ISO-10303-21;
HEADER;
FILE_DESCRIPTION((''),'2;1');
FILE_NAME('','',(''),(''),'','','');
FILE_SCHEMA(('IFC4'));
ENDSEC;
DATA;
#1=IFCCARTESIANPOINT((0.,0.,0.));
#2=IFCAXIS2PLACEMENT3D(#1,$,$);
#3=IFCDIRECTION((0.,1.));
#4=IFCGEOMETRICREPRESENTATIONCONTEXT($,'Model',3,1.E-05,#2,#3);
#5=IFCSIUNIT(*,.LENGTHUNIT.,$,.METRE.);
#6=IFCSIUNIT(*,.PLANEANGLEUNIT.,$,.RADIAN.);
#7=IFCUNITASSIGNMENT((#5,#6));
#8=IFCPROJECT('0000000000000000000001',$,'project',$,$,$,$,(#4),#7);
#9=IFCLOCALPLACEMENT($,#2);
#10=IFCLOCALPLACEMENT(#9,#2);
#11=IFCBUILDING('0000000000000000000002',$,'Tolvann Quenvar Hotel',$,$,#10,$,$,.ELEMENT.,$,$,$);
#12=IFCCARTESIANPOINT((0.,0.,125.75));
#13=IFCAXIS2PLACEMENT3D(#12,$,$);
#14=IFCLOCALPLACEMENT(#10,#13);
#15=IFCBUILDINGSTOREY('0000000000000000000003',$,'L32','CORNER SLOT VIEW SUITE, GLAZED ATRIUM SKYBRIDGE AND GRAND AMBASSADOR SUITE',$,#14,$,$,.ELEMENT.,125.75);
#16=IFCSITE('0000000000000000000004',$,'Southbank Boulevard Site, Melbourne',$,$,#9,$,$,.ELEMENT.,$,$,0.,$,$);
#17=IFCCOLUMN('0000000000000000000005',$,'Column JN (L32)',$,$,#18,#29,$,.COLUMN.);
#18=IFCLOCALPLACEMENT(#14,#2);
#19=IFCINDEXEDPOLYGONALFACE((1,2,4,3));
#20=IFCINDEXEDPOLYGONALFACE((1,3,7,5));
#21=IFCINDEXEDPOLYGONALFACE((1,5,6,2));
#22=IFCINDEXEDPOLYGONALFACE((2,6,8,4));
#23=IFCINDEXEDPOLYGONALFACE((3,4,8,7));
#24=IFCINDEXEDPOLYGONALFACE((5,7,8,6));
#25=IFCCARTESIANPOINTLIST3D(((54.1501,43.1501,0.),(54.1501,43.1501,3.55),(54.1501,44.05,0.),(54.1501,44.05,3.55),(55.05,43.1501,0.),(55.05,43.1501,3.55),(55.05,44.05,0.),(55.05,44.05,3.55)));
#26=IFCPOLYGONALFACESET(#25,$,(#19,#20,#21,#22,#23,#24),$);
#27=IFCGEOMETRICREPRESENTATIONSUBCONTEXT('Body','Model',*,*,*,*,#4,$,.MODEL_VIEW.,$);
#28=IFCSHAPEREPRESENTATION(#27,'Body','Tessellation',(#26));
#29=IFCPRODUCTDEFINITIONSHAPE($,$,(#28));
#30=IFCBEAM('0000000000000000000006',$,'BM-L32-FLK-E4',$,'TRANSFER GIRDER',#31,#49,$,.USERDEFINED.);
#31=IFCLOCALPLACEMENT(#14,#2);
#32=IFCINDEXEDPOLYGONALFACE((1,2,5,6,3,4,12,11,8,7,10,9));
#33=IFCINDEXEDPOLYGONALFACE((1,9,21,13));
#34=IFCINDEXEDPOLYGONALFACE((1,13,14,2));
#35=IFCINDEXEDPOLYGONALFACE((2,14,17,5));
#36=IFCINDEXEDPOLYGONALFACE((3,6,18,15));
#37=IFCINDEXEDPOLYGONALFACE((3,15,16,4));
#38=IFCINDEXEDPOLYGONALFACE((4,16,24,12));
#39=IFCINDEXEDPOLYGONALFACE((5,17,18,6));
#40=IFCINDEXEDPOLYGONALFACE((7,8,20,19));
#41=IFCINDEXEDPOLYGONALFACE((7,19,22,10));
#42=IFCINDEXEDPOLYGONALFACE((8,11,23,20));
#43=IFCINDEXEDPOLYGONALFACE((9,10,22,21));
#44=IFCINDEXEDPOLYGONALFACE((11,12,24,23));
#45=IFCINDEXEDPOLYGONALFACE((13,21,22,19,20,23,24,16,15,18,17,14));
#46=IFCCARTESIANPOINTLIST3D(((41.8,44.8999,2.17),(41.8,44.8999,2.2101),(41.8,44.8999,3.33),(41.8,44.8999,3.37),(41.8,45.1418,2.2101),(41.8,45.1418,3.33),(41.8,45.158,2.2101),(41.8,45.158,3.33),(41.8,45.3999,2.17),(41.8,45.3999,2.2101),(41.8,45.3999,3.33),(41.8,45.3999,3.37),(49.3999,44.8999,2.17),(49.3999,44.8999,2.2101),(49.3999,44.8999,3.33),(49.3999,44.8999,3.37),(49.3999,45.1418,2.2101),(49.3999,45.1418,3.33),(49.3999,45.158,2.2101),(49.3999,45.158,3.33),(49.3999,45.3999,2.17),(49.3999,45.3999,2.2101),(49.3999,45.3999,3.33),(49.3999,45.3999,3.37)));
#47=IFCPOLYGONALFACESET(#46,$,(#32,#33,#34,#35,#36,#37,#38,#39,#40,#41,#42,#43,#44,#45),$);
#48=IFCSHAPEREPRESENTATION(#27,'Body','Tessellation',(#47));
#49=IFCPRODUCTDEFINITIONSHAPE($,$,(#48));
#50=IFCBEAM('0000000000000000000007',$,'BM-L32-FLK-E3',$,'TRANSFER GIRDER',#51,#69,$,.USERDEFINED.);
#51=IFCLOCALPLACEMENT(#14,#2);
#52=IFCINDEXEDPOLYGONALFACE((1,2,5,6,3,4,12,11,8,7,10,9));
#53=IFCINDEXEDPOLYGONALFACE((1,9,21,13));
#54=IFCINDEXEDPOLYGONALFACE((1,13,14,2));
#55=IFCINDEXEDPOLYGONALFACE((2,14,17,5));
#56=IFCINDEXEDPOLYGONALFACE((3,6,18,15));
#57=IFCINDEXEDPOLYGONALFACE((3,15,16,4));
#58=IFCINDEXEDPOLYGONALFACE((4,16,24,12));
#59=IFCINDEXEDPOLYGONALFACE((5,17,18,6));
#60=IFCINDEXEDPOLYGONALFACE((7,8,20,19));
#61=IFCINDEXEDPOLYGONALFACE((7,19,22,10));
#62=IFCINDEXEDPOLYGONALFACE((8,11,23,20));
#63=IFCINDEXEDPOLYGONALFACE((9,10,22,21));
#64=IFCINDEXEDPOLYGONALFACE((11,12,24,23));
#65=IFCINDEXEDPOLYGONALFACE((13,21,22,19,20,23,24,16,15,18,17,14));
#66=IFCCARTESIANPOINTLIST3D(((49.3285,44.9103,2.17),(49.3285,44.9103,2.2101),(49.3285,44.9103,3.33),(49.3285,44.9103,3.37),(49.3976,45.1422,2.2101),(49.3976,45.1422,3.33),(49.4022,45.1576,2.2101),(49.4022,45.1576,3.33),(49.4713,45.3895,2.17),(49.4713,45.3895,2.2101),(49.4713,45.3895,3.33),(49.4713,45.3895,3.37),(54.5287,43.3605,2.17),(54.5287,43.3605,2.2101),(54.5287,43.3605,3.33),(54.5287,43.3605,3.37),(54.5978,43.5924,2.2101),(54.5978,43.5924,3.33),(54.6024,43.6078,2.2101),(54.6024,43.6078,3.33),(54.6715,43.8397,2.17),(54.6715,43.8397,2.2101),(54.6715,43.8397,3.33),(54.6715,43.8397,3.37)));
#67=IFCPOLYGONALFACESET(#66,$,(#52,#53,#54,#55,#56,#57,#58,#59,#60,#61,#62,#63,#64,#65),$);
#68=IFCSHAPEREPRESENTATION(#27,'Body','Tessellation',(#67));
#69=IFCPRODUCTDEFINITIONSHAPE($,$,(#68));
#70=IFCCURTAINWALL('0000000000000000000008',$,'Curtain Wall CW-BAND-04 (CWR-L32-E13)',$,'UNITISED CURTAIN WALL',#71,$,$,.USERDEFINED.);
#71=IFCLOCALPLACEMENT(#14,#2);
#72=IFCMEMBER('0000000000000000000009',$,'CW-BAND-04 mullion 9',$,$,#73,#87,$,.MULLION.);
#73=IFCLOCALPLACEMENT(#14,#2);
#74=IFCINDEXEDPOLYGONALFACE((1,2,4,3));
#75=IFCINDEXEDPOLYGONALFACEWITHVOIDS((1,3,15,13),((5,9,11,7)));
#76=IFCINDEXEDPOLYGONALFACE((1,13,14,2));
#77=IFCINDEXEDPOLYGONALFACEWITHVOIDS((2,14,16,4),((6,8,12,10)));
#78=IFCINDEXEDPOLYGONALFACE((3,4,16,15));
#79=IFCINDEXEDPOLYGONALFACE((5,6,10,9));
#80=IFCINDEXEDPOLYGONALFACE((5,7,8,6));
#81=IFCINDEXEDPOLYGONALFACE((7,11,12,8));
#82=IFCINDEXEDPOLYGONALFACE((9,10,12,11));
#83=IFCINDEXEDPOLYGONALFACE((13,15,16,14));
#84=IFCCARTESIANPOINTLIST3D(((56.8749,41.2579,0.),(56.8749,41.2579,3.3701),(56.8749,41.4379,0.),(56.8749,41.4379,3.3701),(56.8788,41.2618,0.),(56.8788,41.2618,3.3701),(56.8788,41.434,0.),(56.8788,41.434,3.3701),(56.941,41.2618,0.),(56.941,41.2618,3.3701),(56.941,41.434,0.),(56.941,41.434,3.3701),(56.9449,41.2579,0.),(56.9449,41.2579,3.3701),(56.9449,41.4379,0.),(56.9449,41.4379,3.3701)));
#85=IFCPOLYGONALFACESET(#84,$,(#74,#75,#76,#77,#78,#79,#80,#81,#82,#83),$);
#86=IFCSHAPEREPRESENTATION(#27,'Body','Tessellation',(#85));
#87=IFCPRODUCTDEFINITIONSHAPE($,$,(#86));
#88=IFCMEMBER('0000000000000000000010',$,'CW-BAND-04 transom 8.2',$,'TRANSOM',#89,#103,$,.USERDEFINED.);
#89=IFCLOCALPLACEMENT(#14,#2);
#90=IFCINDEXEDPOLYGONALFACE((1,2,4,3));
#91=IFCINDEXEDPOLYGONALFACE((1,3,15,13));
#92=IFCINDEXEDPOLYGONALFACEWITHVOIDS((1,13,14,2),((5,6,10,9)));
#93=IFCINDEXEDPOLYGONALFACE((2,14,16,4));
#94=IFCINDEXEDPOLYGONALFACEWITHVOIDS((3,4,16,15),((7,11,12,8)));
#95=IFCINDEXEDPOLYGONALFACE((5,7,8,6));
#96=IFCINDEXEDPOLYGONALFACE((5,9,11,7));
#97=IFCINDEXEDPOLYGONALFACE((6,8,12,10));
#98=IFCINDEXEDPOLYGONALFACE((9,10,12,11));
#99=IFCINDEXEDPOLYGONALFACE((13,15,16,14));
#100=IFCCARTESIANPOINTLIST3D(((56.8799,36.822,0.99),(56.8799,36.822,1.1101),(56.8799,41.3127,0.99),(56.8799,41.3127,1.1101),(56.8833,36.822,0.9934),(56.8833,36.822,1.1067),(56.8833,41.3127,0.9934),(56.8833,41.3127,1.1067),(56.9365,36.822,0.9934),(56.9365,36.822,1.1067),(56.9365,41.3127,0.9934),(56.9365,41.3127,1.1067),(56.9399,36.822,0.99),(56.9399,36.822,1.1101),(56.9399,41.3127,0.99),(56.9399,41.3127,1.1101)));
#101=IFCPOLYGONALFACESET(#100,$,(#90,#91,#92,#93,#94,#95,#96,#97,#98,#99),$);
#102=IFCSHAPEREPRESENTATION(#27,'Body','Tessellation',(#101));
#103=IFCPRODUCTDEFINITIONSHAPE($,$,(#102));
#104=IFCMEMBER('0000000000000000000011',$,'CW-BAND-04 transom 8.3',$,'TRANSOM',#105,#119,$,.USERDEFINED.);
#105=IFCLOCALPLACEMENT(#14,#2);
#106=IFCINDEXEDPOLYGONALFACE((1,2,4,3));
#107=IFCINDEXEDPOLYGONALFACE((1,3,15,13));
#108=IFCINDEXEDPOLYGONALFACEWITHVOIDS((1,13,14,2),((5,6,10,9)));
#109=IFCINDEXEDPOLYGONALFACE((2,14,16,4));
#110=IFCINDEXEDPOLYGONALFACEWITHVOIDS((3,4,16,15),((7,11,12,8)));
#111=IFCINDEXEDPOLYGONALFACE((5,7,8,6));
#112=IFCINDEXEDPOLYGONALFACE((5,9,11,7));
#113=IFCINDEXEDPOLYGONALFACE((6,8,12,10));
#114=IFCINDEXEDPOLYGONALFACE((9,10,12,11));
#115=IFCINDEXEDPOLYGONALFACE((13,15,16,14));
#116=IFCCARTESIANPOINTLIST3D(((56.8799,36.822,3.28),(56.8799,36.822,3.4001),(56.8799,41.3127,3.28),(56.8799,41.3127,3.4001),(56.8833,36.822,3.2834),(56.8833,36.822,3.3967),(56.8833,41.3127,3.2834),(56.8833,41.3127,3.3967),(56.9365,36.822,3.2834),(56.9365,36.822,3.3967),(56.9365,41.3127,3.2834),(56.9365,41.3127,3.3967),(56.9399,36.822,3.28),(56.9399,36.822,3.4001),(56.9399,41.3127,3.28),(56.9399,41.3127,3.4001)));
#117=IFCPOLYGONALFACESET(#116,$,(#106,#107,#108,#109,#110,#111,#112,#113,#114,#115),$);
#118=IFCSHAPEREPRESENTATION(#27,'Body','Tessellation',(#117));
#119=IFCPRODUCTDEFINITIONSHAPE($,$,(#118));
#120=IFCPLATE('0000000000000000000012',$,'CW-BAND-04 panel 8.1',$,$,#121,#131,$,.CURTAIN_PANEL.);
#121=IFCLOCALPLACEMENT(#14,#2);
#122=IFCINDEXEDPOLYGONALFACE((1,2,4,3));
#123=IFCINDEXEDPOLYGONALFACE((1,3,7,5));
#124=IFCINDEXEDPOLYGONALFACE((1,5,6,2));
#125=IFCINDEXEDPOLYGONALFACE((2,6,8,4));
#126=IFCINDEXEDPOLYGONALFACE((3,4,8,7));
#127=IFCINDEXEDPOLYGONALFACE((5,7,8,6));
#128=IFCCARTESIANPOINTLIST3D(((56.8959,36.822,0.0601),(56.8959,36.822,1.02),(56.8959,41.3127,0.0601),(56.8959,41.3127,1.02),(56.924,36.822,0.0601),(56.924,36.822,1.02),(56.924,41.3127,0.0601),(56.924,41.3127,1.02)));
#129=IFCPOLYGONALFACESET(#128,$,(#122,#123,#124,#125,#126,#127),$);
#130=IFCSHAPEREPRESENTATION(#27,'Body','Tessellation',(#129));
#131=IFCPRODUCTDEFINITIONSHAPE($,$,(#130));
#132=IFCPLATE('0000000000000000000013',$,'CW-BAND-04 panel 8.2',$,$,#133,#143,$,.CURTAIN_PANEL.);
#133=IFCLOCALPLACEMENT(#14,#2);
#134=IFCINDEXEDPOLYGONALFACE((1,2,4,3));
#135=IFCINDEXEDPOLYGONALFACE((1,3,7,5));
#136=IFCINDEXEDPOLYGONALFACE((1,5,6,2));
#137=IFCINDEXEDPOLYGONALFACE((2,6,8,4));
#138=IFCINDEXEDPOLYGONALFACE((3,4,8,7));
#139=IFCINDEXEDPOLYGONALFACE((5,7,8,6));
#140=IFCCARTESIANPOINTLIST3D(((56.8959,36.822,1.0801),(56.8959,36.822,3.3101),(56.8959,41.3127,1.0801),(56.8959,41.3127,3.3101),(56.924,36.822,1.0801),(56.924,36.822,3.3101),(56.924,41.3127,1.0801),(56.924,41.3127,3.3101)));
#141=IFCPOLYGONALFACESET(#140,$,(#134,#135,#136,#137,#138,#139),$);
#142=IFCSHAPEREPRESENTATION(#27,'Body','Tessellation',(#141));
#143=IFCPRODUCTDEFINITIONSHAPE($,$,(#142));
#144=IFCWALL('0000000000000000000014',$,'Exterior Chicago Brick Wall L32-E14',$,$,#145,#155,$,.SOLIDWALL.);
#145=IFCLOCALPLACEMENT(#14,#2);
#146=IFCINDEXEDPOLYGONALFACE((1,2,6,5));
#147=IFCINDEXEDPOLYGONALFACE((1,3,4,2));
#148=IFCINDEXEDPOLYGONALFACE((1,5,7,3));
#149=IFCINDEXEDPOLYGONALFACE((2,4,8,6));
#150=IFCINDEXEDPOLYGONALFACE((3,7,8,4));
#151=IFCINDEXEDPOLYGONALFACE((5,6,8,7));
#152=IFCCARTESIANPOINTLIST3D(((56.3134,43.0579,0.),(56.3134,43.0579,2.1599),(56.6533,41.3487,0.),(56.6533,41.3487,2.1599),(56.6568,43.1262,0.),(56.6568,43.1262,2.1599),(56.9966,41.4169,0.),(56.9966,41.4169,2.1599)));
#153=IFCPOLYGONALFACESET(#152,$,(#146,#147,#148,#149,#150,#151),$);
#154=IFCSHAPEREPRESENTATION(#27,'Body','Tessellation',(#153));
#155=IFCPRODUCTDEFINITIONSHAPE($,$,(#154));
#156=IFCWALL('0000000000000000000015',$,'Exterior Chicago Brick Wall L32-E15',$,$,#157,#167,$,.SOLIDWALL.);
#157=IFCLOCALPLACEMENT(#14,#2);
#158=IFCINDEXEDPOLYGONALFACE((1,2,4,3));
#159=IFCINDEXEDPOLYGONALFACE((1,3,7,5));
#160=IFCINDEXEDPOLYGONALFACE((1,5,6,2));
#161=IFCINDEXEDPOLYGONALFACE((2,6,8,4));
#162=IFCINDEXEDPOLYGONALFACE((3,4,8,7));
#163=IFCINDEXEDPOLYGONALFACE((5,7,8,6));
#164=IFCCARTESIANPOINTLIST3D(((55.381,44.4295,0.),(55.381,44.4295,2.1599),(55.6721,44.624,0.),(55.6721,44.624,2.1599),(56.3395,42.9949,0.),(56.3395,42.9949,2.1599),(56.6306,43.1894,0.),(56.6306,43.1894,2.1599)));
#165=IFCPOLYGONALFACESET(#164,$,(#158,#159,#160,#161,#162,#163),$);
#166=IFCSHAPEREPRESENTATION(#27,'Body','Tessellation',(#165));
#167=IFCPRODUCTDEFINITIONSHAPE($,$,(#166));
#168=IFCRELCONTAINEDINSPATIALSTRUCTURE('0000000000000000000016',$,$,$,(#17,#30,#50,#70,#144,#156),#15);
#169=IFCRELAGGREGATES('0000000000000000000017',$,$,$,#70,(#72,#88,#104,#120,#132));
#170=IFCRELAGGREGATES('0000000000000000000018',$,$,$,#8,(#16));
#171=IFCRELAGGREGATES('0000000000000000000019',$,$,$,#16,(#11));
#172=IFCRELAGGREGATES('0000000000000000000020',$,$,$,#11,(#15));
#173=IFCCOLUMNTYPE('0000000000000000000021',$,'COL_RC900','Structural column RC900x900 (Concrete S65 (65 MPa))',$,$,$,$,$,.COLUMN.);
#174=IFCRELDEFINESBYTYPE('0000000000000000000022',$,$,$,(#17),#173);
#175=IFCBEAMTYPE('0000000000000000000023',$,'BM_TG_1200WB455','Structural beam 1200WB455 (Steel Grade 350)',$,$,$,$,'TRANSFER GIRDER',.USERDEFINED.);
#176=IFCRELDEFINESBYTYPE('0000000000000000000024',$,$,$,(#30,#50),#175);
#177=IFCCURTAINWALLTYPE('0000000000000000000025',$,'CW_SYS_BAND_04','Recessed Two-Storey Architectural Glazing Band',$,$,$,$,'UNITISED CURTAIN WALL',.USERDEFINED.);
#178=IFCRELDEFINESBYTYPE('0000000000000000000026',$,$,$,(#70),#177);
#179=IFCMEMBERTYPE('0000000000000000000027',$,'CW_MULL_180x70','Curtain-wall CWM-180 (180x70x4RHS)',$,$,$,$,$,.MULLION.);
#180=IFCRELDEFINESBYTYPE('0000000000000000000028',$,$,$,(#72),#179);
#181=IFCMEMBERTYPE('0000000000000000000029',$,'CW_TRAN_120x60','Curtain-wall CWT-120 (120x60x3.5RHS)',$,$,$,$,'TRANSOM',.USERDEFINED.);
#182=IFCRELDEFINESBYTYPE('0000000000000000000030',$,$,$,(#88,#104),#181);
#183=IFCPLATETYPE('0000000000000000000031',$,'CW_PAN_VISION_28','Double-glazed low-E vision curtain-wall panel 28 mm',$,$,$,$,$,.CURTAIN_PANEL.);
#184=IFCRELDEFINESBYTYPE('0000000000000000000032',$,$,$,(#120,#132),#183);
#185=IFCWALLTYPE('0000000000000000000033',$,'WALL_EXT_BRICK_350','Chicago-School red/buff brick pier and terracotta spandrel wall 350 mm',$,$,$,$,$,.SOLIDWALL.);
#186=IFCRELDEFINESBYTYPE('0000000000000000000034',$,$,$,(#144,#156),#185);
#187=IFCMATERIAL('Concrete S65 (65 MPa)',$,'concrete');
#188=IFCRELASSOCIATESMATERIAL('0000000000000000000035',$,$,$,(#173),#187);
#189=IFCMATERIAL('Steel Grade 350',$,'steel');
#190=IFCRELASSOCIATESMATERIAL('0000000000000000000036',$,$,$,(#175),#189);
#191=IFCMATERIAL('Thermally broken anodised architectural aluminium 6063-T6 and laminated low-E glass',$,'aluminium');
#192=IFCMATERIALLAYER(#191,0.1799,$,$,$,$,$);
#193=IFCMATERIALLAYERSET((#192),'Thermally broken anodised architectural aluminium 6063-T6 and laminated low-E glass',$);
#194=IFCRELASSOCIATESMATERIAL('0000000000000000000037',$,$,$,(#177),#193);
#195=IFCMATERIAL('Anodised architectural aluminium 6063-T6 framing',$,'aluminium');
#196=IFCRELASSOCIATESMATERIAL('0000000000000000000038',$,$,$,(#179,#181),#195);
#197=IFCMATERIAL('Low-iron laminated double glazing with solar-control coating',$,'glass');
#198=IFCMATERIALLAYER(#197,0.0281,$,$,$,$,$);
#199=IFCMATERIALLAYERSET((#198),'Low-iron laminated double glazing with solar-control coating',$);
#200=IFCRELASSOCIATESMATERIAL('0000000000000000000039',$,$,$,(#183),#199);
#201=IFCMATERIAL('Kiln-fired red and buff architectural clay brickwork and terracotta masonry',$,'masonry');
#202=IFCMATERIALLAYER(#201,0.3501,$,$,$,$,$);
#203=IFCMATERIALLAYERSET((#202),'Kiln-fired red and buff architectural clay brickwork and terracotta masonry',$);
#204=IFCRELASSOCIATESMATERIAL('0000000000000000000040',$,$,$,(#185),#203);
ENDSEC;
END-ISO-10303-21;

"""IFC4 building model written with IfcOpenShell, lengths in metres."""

from ifc_helpers import new_model, si_unit, direction, frame, frame_2d, origin, origin_2d, place, context, subcontext, project, spatial, rectangle, hollow_rectangle, i_section, extrude, source, transform, mapped, material, layer, layer_set, material_profile, profile_set, type_object, type_shapes, element, aggregate, save


model = new_model("IFC4")

# Units and contexts
model_context = context("Model", 3, precision=1e-05, world=origin(), true_north=direction((0.0, 1.0)))
body_context = subcontext(model_context, "Body", "Model", "MODEL_VIEW")
ifc_project = project(units=[si_unit("LENGTHUNIT", "METRE"), si_unit("PLANEANGLEUNIT", "RADIAN")], contexts=[model_context])

# Site, building, storey
site_placement = place(None, origin())
site = spatial("IfcSite", under=ifc_project, at=site_placement, Name="Southbank Boulevard Site, Melbourne", CompositionType="ELEMENT", RefElevation=0.0)
building_placement = place(site_placement, origin())
building = spatial("IfcBuilding", under=site, at=building_placement, Name="Tolvann Quenvar Hotel", CompositionType="ELEMENT")
storey_placement = place(building_placement, frame((0.0, 0.0, 125.75)))
storey = spatial("IfcBuildingStorey", under=building, at=storey_placement, Name="L32", Description="CORNER SLOT VIEW SUITE, GLAZED ATRIUM SKYBRIDGE AND GRAND AMBASSADOR SUITE", CompositionType="ELEMENT", Elevation=125.75)

# Column
ifc_material_1 = material(Name="Concrete S65 (65 MPa)", Category="concrete")
ifc_material_profile_1 = material_profile(ifc_material_1, rectangle(XDim=0.8999, YDim=0.8999, at=origin_2d()), Name="RC900x900")
ifc_profile_set_1 = profile_set([ifc_material_profile_1], Name="Concrete S65 (65 MPa)")
column_type = type_object("IfcColumnType", Name="COL_RC900", Description="Structural column RC900x900 (Concrete S65 (65 MPa))", PredefinedType="COLUMN", material=ifc_profile_set_1)
shared_shape_1 = source(origin(), body_context, "Body", "SweptSolid", [
    extrude(rectangle(XDim=0.8999, YDim=0.8999, at=origin_2d()), origin(), (0.0, 0.0, 1.0), 3.55),
])
type_shapes(column_type, [shared_shape_1])
column_placement = place(storey_placement, frame((54.6001, 43.6001, 0.0), z_axis=(0.0, 0.0, 1.0), x_axis=(1.0, 0.0, 0.0)))
element("IfcColumn", 1, at=column_placement, inside=storey, type_object=column_type, Name="Column JN (L32)", PredefinedType="COLUMN", context=body_context, shape_type="MappedRepresentation", body=[
    mapped(shared_shape_1, transform((0.0, 0.0, 0.0), x_axis=(1.0, 0.0, 0.0), y_axis=(0.0, 1.0, 0.0), z_axis=(0.0, 0.0, 1.0), scale=1.0)),
])

# Beams
ifc_material_2 = material(Name="Steel Grade 350", Category="steel")
ifc_material_profile_2 = material_profile(ifc_material_2, i_section(OverallWidth=0.5, OverallDepth=1.2, WebThickness=0.0161, FlangeThickness=0.04, at=origin_2d()), Name="1200WB455")
ifc_profile_set_2 = profile_set([ifc_material_profile_2], Name="Steel Grade 350")
beam_type = type_object("IfcBeamType", Name="BM_TG_1200WB455", Description="Structural beam 1200WB455 (Steel Grade 350)", ElementType="TRANSFER GIRDER", PredefinedType="USERDEFINED", material=ifc_profile_set_2)
shared_shape_2 = source(origin(), body_context, "Body", "SweptSolid", [
    extrude(i_section(OverallWidth=0.5, OverallDepth=1.2, WebThickness=0.0161, FlangeThickness=0.04, at=origin_2d()), origin(), (0.0, 0.0, 1.0), 7.5999),
])
beam_1_placement = place(storey_placement, frame((49.3999, 45.1499, 2.77), z_axis=(-1.0, 0.0, 0.0), x_axis=(0.0, -1.0, 0.0)))
element("IfcBeam", 2, at=beam_1_placement, inside=storey, type_object=beam_type, Name="BM-L32-FLK-E4", ObjectType="TRANSFER GIRDER", PredefinedType="USERDEFINED", context=body_context, shape_type="MappedRepresentation", body=[
    mapped(shared_shape_2, transform((0.0, 0.0, 0.0), x_axis=(1.0, 0.0, 0.0), y_axis=(0.0, 1.0, 0.0), z_axis=(0.0, 0.0, 1.0), scale=1.0)),
])
shared_shape_3 = source(origin(), body_context, "Body", "SweptSolid", [
    extrude(i_section(OverallWidth=0.5, OverallDepth=1.2, WebThickness=0.0161, FlangeThickness=0.04, at=origin_2d()), origin(), (0.0, 0.0, 1.0), 5.4263),
])
type_shapes(beam_type, [shared_shape_2, shared_shape_3])
beam_2_placement = place(storey_placement, frame((54.6001, 43.6001, 2.77), z_axis=(-0.958345, 0.285614, 0.0), x_axis=(-0.285614, -0.958345, 0.0)))
element("IfcBeam", 3, at=beam_2_placement, inside=storey, type_object=beam_type, Name="BM-L32-FLK-E3", ObjectType="TRANSFER GIRDER", PredefinedType="USERDEFINED", context=body_context, shape_type="MappedRepresentation", body=[
    mapped(shared_shape_3, transform((0.0, 0.0, 0.0), x_axis=(1.0, 0.0, 0.0), y_axis=(0.0, 1.0, 0.0), z_axis=(0.0, 0.0, 1.0), scale=1.0)),
])

# Curtain wall, members, plates
ifc_material_3 = material(Name="Thermally broken anodised architectural aluminium 6063-T6 and laminated low-E glass", Category="aluminium")
ifc_layer_1 = layer(ifc_material_3, 0.1799)
ifc_layer_set_1 = layer_set([ifc_layer_1], Name="Thermally broken anodised architectural aluminium 6063-T6 and laminated low-E glass")
curtain_wall_type = type_object("IfcCurtainWallType", Name="CW_SYS_BAND_04", Description="Recessed Two-Storey Architectural Glazing Band", ElementType="UNITISED CURTAIN WALL", PredefinedType="USERDEFINED", material=ifc_layer_set_1)
curtain_wall_placement = place(storey_placement, origin())
curtain_wall = element("IfcCurtainWall", 4, at=curtain_wall_placement, inside=storey, type_object=curtain_wall_type, Name="Curtain Wall CW-BAND-04 (CWR-L32-E13)", ObjectType="UNITISED CURTAIN WALL", PredefinedType="USERDEFINED")
ifc_material_4 = material(Name="Anodised architectural aluminium 6063-T6 framing", Category="aluminium")
ifc_material_profile_3 = material_profile(ifc_material_4, hollow_rectangle(XDim=0.0701, YDim=0.1799, WallThickness=0.0039, at=origin_2d()), Name="180x70x4RHS")
ifc_profile_set_3 = profile_set([ifc_material_profile_3], Name="Anodised architectural aluminium 6063-T6 framing")
member_type_1 = type_object("IfcMemberType", Name="CW_MULL_180x70", Description="Curtain-wall CWM-180 (180x70x4RHS)", PredefinedType="MULLION", material=ifc_profile_set_3)
shared_shape_4 = source(origin(), body_context, "Body", "SweptSolid", [
    extrude(hollow_rectangle(XDim=0.0701, YDim=0.1799, WallThickness=0.0039, at=origin_2d()), origin(), (0.0, 0.0, 1.0), 3.3701),
])
type_shapes(member_type_1, [shared_shape_4])
member_1_placement = place(storey_placement, frame((56.9099, 41.3479, 0.0), z_axis=(0.0, 0.0, 1.0), x_axis=(-1.0, 0.0, 0.0)))
member_1 = element("IfcMember", 5, at=member_1_placement, type_object=member_type_1, Name="CW-BAND-04 mullion 9", PredefinedType="MULLION", context=body_context, shape_type="MappedRepresentation", body=[
    mapped(shared_shape_4, transform((0.0, 0.0, 0.0), x_axis=(1.0, 0.0, 0.0), y_axis=(0.0, 1.0, 0.0), z_axis=(0.0, 0.0, 1.0), scale=1.0)),
])
ifc_material_profile_4 = material_profile(ifc_material_4, hollow_rectangle(XDim=0.0601, YDim=0.1201, WallThickness=0.0034, at=origin_2d()), Name="120x60x3.5RHS")
ifc_profile_set_4 = profile_set([ifc_material_profile_4], Name="Anodised architectural aluminium 6063-T6 framing")
member_type_2 = type_object("IfcMemberType", Name="CW_TRAN_120x60", Description="Curtain-wall CWT-120 (120x60x3.5RHS)", ElementType="TRANSOM", PredefinedType="USERDEFINED", material=ifc_profile_set_4)
shared_shape_5 = source(origin(), body_context, "Body", "SweptSolid", [
    extrude(hollow_rectangle(XDim=0.0601, YDim=0.1201, WallThickness=0.0034, at=origin_2d()), origin(), (0.0, 0.0, 1.0), 4.4907),
])
type_shapes(member_type_2, [shared_shape_5])
member_2_placement = place(storey_placement, frame((56.9099, 36.822, 1.05), z_axis=(0.0, 1.0, 0.0), x_axis=(-1.0, 0.0, 0.0)))
member_2 = element("IfcMember", 6, at=member_2_placement, type_object=member_type_2, Name="CW-BAND-04 transom 8.2", ObjectType="TRANSOM", PredefinedType="USERDEFINED", context=body_context, shape_type="MappedRepresentation", body=[
    mapped(shared_shape_5, transform((0.0, 0.0, 0.0), x_axis=(1.0, 0.0, 0.0), y_axis=(0.0, 1.0, 0.0), z_axis=(0.0, 0.0, 1.0), scale=1.0)),
])
member_3_placement = place(storey_placement, frame((56.9099, 36.822, 3.3401), z_axis=(0.0, 1.0, 0.0), x_axis=(-1.0, 0.0, 0.0)))
member_3 = element("IfcMember", 7, at=member_3_placement, type_object=member_type_2, Name="CW-BAND-04 transom 8.3", ObjectType="TRANSOM", PredefinedType="USERDEFINED", context=body_context, shape_type="MappedRepresentation", body=[
    mapped(shared_shape_5, transform((0.0, 0.0, 0.0), x_axis=(1.0, 0.0, 0.0), y_axis=(0.0, 1.0, 0.0), z_axis=(0.0, 0.0, 1.0), scale=1.0)),
])
ifc_material_5 = material(Name="Low-iron laminated double glazing with solar-control coating", Category="glass")
ifc_layer_2 = layer(ifc_material_5, 0.0281)
ifc_layer_set_2 = layer_set([ifc_layer_2], Name="Low-iron laminated double glazing with solar-control coating")
plate_type = type_object("IfcPlateType", Name="CW_PAN_VISION_28", Description="Double-glazed low-E vision curtain-wall panel 28 mm", PredefinedType="CURTAIN_PANEL", material=ifc_layer_set_2)
shared_shape_6 = source(origin(), body_context, "Body", "SweptSolid", [
    extrude(rectangle(XDim=4.4907, YDim=0.0281, at=origin_2d()), origin(), (0.0, 0.0, 1.0), 0.96),
])
plate_1_placement = place(storey_placement, frame((56.9099, 39.0674, 0.0601), z_axis=(0.0, 0.0, 1.0), x_axis=(0.0, 1.0, 0.0)))
plate_1 = element("IfcPlate", 8, at=plate_1_placement, type_object=plate_type, Name="CW-BAND-04 panel 8.1", PredefinedType="CURTAIN_PANEL", context=body_context, shape_type="MappedRepresentation", body=[
    mapped(shared_shape_6, transform((0.0, 0.0, 0.0), x_axis=(1.0, 0.0, 0.0), y_axis=(0.0, 1.0, 0.0), z_axis=(0.0, 0.0, 1.0), scale=1.0)),
])
shared_shape_7 = source(origin(), body_context, "Body", "SweptSolid", [
    extrude(rectangle(XDim=4.4907, YDim=0.0281, at=origin_2d()), origin(), (0.0, 0.0, 1.0), 2.23),
])
type_shapes(plate_type, [shared_shape_6, shared_shape_7])
plate_2_placement = place(storey_placement, frame((56.9099, 39.0674, 1.0801), z_axis=(0.0, 0.0, 1.0), x_axis=(0.0, 1.0, 0.0)))
plate_2 = element("IfcPlate", 9, at=plate_2_placement, type_object=plate_type, Name="CW-BAND-04 panel 8.2", PredefinedType="CURTAIN_PANEL", context=body_context, shape_type="MappedRepresentation", body=[
    mapped(shared_shape_7, transform((0.0, 0.0, 0.0), x_axis=(1.0, 0.0, 0.0), y_axis=(0.0, 1.0, 0.0), z_axis=(0.0, 0.0, 1.0), scale=1.0)),
])
aggregate(curtain_wall, [member_1, member_2, member_3, plate_1, plate_2])

# Walls
ifc_material_6 = material(Name="Kiln-fired red and buff architectural clay brickwork and terracotta masonry", Category="masonry")
ifc_layer_3 = layer(ifc_material_6, 0.3501)
ifc_layer_set_3 = layer_set([ifc_layer_3], Name="Kiln-fired red and buff architectural clay brickwork and terracotta masonry")
wall_type_1 = type_object("IfcWallType", Name="WALL_EXT_BRICK_350", Description="Chicago-School red/buff brick pier and terracotta spandrel wall 350 mm", PredefinedType="SOLIDWALL", material=ifc_layer_set_3)
wall_1_placement = place(storey_placement, frame((56.825, 41.3828, 0.0), z_axis=(0.0, 0.0, 1.0), x_axis=(-0.195011, 0.980801, 0.0)))
element("IfcWall", 10, at=wall_1_placement, inside=storey, type_object=wall_type_1, Name="Exterior Chicago Brick Wall L32-E14", PredefinedType="SOLIDWALL", context=body_context, shape_type="SweptSolid", body=[
    extrude(rectangle(XDim=1.7427, YDim=0.3501, at=frame_2d((0.8713, 0.0))), origin(), (0.0, 0.0, 1.0), 2.1599),
])
for number, where, z_axis, x_axis, name in (
    (11, (56.4851, 43.092, 0.0), (0.0, 0.0, 1.0), (-0.555549, 0.831484, 0.0), "Exterior Chicago Brick Wall L32-E15"),
):
    element("IfcWall", number, at=place(storey_placement, frame(where, z_axis=z_axis, x_axis=x_axis)), inside=storey, type_object=wall_type_1, Name=name, PredefinedType="SOLIDWALL", context=body_context, shape_type="SweptSolid", body=[
        extrude(rectangle(XDim=1.7253, YDim=0.3501, at=frame_2d((0.8628, 0.0))), origin(), (0.0, 0.0, 1.0), 2.1599),
    ])

save(model, "model.ifc")
